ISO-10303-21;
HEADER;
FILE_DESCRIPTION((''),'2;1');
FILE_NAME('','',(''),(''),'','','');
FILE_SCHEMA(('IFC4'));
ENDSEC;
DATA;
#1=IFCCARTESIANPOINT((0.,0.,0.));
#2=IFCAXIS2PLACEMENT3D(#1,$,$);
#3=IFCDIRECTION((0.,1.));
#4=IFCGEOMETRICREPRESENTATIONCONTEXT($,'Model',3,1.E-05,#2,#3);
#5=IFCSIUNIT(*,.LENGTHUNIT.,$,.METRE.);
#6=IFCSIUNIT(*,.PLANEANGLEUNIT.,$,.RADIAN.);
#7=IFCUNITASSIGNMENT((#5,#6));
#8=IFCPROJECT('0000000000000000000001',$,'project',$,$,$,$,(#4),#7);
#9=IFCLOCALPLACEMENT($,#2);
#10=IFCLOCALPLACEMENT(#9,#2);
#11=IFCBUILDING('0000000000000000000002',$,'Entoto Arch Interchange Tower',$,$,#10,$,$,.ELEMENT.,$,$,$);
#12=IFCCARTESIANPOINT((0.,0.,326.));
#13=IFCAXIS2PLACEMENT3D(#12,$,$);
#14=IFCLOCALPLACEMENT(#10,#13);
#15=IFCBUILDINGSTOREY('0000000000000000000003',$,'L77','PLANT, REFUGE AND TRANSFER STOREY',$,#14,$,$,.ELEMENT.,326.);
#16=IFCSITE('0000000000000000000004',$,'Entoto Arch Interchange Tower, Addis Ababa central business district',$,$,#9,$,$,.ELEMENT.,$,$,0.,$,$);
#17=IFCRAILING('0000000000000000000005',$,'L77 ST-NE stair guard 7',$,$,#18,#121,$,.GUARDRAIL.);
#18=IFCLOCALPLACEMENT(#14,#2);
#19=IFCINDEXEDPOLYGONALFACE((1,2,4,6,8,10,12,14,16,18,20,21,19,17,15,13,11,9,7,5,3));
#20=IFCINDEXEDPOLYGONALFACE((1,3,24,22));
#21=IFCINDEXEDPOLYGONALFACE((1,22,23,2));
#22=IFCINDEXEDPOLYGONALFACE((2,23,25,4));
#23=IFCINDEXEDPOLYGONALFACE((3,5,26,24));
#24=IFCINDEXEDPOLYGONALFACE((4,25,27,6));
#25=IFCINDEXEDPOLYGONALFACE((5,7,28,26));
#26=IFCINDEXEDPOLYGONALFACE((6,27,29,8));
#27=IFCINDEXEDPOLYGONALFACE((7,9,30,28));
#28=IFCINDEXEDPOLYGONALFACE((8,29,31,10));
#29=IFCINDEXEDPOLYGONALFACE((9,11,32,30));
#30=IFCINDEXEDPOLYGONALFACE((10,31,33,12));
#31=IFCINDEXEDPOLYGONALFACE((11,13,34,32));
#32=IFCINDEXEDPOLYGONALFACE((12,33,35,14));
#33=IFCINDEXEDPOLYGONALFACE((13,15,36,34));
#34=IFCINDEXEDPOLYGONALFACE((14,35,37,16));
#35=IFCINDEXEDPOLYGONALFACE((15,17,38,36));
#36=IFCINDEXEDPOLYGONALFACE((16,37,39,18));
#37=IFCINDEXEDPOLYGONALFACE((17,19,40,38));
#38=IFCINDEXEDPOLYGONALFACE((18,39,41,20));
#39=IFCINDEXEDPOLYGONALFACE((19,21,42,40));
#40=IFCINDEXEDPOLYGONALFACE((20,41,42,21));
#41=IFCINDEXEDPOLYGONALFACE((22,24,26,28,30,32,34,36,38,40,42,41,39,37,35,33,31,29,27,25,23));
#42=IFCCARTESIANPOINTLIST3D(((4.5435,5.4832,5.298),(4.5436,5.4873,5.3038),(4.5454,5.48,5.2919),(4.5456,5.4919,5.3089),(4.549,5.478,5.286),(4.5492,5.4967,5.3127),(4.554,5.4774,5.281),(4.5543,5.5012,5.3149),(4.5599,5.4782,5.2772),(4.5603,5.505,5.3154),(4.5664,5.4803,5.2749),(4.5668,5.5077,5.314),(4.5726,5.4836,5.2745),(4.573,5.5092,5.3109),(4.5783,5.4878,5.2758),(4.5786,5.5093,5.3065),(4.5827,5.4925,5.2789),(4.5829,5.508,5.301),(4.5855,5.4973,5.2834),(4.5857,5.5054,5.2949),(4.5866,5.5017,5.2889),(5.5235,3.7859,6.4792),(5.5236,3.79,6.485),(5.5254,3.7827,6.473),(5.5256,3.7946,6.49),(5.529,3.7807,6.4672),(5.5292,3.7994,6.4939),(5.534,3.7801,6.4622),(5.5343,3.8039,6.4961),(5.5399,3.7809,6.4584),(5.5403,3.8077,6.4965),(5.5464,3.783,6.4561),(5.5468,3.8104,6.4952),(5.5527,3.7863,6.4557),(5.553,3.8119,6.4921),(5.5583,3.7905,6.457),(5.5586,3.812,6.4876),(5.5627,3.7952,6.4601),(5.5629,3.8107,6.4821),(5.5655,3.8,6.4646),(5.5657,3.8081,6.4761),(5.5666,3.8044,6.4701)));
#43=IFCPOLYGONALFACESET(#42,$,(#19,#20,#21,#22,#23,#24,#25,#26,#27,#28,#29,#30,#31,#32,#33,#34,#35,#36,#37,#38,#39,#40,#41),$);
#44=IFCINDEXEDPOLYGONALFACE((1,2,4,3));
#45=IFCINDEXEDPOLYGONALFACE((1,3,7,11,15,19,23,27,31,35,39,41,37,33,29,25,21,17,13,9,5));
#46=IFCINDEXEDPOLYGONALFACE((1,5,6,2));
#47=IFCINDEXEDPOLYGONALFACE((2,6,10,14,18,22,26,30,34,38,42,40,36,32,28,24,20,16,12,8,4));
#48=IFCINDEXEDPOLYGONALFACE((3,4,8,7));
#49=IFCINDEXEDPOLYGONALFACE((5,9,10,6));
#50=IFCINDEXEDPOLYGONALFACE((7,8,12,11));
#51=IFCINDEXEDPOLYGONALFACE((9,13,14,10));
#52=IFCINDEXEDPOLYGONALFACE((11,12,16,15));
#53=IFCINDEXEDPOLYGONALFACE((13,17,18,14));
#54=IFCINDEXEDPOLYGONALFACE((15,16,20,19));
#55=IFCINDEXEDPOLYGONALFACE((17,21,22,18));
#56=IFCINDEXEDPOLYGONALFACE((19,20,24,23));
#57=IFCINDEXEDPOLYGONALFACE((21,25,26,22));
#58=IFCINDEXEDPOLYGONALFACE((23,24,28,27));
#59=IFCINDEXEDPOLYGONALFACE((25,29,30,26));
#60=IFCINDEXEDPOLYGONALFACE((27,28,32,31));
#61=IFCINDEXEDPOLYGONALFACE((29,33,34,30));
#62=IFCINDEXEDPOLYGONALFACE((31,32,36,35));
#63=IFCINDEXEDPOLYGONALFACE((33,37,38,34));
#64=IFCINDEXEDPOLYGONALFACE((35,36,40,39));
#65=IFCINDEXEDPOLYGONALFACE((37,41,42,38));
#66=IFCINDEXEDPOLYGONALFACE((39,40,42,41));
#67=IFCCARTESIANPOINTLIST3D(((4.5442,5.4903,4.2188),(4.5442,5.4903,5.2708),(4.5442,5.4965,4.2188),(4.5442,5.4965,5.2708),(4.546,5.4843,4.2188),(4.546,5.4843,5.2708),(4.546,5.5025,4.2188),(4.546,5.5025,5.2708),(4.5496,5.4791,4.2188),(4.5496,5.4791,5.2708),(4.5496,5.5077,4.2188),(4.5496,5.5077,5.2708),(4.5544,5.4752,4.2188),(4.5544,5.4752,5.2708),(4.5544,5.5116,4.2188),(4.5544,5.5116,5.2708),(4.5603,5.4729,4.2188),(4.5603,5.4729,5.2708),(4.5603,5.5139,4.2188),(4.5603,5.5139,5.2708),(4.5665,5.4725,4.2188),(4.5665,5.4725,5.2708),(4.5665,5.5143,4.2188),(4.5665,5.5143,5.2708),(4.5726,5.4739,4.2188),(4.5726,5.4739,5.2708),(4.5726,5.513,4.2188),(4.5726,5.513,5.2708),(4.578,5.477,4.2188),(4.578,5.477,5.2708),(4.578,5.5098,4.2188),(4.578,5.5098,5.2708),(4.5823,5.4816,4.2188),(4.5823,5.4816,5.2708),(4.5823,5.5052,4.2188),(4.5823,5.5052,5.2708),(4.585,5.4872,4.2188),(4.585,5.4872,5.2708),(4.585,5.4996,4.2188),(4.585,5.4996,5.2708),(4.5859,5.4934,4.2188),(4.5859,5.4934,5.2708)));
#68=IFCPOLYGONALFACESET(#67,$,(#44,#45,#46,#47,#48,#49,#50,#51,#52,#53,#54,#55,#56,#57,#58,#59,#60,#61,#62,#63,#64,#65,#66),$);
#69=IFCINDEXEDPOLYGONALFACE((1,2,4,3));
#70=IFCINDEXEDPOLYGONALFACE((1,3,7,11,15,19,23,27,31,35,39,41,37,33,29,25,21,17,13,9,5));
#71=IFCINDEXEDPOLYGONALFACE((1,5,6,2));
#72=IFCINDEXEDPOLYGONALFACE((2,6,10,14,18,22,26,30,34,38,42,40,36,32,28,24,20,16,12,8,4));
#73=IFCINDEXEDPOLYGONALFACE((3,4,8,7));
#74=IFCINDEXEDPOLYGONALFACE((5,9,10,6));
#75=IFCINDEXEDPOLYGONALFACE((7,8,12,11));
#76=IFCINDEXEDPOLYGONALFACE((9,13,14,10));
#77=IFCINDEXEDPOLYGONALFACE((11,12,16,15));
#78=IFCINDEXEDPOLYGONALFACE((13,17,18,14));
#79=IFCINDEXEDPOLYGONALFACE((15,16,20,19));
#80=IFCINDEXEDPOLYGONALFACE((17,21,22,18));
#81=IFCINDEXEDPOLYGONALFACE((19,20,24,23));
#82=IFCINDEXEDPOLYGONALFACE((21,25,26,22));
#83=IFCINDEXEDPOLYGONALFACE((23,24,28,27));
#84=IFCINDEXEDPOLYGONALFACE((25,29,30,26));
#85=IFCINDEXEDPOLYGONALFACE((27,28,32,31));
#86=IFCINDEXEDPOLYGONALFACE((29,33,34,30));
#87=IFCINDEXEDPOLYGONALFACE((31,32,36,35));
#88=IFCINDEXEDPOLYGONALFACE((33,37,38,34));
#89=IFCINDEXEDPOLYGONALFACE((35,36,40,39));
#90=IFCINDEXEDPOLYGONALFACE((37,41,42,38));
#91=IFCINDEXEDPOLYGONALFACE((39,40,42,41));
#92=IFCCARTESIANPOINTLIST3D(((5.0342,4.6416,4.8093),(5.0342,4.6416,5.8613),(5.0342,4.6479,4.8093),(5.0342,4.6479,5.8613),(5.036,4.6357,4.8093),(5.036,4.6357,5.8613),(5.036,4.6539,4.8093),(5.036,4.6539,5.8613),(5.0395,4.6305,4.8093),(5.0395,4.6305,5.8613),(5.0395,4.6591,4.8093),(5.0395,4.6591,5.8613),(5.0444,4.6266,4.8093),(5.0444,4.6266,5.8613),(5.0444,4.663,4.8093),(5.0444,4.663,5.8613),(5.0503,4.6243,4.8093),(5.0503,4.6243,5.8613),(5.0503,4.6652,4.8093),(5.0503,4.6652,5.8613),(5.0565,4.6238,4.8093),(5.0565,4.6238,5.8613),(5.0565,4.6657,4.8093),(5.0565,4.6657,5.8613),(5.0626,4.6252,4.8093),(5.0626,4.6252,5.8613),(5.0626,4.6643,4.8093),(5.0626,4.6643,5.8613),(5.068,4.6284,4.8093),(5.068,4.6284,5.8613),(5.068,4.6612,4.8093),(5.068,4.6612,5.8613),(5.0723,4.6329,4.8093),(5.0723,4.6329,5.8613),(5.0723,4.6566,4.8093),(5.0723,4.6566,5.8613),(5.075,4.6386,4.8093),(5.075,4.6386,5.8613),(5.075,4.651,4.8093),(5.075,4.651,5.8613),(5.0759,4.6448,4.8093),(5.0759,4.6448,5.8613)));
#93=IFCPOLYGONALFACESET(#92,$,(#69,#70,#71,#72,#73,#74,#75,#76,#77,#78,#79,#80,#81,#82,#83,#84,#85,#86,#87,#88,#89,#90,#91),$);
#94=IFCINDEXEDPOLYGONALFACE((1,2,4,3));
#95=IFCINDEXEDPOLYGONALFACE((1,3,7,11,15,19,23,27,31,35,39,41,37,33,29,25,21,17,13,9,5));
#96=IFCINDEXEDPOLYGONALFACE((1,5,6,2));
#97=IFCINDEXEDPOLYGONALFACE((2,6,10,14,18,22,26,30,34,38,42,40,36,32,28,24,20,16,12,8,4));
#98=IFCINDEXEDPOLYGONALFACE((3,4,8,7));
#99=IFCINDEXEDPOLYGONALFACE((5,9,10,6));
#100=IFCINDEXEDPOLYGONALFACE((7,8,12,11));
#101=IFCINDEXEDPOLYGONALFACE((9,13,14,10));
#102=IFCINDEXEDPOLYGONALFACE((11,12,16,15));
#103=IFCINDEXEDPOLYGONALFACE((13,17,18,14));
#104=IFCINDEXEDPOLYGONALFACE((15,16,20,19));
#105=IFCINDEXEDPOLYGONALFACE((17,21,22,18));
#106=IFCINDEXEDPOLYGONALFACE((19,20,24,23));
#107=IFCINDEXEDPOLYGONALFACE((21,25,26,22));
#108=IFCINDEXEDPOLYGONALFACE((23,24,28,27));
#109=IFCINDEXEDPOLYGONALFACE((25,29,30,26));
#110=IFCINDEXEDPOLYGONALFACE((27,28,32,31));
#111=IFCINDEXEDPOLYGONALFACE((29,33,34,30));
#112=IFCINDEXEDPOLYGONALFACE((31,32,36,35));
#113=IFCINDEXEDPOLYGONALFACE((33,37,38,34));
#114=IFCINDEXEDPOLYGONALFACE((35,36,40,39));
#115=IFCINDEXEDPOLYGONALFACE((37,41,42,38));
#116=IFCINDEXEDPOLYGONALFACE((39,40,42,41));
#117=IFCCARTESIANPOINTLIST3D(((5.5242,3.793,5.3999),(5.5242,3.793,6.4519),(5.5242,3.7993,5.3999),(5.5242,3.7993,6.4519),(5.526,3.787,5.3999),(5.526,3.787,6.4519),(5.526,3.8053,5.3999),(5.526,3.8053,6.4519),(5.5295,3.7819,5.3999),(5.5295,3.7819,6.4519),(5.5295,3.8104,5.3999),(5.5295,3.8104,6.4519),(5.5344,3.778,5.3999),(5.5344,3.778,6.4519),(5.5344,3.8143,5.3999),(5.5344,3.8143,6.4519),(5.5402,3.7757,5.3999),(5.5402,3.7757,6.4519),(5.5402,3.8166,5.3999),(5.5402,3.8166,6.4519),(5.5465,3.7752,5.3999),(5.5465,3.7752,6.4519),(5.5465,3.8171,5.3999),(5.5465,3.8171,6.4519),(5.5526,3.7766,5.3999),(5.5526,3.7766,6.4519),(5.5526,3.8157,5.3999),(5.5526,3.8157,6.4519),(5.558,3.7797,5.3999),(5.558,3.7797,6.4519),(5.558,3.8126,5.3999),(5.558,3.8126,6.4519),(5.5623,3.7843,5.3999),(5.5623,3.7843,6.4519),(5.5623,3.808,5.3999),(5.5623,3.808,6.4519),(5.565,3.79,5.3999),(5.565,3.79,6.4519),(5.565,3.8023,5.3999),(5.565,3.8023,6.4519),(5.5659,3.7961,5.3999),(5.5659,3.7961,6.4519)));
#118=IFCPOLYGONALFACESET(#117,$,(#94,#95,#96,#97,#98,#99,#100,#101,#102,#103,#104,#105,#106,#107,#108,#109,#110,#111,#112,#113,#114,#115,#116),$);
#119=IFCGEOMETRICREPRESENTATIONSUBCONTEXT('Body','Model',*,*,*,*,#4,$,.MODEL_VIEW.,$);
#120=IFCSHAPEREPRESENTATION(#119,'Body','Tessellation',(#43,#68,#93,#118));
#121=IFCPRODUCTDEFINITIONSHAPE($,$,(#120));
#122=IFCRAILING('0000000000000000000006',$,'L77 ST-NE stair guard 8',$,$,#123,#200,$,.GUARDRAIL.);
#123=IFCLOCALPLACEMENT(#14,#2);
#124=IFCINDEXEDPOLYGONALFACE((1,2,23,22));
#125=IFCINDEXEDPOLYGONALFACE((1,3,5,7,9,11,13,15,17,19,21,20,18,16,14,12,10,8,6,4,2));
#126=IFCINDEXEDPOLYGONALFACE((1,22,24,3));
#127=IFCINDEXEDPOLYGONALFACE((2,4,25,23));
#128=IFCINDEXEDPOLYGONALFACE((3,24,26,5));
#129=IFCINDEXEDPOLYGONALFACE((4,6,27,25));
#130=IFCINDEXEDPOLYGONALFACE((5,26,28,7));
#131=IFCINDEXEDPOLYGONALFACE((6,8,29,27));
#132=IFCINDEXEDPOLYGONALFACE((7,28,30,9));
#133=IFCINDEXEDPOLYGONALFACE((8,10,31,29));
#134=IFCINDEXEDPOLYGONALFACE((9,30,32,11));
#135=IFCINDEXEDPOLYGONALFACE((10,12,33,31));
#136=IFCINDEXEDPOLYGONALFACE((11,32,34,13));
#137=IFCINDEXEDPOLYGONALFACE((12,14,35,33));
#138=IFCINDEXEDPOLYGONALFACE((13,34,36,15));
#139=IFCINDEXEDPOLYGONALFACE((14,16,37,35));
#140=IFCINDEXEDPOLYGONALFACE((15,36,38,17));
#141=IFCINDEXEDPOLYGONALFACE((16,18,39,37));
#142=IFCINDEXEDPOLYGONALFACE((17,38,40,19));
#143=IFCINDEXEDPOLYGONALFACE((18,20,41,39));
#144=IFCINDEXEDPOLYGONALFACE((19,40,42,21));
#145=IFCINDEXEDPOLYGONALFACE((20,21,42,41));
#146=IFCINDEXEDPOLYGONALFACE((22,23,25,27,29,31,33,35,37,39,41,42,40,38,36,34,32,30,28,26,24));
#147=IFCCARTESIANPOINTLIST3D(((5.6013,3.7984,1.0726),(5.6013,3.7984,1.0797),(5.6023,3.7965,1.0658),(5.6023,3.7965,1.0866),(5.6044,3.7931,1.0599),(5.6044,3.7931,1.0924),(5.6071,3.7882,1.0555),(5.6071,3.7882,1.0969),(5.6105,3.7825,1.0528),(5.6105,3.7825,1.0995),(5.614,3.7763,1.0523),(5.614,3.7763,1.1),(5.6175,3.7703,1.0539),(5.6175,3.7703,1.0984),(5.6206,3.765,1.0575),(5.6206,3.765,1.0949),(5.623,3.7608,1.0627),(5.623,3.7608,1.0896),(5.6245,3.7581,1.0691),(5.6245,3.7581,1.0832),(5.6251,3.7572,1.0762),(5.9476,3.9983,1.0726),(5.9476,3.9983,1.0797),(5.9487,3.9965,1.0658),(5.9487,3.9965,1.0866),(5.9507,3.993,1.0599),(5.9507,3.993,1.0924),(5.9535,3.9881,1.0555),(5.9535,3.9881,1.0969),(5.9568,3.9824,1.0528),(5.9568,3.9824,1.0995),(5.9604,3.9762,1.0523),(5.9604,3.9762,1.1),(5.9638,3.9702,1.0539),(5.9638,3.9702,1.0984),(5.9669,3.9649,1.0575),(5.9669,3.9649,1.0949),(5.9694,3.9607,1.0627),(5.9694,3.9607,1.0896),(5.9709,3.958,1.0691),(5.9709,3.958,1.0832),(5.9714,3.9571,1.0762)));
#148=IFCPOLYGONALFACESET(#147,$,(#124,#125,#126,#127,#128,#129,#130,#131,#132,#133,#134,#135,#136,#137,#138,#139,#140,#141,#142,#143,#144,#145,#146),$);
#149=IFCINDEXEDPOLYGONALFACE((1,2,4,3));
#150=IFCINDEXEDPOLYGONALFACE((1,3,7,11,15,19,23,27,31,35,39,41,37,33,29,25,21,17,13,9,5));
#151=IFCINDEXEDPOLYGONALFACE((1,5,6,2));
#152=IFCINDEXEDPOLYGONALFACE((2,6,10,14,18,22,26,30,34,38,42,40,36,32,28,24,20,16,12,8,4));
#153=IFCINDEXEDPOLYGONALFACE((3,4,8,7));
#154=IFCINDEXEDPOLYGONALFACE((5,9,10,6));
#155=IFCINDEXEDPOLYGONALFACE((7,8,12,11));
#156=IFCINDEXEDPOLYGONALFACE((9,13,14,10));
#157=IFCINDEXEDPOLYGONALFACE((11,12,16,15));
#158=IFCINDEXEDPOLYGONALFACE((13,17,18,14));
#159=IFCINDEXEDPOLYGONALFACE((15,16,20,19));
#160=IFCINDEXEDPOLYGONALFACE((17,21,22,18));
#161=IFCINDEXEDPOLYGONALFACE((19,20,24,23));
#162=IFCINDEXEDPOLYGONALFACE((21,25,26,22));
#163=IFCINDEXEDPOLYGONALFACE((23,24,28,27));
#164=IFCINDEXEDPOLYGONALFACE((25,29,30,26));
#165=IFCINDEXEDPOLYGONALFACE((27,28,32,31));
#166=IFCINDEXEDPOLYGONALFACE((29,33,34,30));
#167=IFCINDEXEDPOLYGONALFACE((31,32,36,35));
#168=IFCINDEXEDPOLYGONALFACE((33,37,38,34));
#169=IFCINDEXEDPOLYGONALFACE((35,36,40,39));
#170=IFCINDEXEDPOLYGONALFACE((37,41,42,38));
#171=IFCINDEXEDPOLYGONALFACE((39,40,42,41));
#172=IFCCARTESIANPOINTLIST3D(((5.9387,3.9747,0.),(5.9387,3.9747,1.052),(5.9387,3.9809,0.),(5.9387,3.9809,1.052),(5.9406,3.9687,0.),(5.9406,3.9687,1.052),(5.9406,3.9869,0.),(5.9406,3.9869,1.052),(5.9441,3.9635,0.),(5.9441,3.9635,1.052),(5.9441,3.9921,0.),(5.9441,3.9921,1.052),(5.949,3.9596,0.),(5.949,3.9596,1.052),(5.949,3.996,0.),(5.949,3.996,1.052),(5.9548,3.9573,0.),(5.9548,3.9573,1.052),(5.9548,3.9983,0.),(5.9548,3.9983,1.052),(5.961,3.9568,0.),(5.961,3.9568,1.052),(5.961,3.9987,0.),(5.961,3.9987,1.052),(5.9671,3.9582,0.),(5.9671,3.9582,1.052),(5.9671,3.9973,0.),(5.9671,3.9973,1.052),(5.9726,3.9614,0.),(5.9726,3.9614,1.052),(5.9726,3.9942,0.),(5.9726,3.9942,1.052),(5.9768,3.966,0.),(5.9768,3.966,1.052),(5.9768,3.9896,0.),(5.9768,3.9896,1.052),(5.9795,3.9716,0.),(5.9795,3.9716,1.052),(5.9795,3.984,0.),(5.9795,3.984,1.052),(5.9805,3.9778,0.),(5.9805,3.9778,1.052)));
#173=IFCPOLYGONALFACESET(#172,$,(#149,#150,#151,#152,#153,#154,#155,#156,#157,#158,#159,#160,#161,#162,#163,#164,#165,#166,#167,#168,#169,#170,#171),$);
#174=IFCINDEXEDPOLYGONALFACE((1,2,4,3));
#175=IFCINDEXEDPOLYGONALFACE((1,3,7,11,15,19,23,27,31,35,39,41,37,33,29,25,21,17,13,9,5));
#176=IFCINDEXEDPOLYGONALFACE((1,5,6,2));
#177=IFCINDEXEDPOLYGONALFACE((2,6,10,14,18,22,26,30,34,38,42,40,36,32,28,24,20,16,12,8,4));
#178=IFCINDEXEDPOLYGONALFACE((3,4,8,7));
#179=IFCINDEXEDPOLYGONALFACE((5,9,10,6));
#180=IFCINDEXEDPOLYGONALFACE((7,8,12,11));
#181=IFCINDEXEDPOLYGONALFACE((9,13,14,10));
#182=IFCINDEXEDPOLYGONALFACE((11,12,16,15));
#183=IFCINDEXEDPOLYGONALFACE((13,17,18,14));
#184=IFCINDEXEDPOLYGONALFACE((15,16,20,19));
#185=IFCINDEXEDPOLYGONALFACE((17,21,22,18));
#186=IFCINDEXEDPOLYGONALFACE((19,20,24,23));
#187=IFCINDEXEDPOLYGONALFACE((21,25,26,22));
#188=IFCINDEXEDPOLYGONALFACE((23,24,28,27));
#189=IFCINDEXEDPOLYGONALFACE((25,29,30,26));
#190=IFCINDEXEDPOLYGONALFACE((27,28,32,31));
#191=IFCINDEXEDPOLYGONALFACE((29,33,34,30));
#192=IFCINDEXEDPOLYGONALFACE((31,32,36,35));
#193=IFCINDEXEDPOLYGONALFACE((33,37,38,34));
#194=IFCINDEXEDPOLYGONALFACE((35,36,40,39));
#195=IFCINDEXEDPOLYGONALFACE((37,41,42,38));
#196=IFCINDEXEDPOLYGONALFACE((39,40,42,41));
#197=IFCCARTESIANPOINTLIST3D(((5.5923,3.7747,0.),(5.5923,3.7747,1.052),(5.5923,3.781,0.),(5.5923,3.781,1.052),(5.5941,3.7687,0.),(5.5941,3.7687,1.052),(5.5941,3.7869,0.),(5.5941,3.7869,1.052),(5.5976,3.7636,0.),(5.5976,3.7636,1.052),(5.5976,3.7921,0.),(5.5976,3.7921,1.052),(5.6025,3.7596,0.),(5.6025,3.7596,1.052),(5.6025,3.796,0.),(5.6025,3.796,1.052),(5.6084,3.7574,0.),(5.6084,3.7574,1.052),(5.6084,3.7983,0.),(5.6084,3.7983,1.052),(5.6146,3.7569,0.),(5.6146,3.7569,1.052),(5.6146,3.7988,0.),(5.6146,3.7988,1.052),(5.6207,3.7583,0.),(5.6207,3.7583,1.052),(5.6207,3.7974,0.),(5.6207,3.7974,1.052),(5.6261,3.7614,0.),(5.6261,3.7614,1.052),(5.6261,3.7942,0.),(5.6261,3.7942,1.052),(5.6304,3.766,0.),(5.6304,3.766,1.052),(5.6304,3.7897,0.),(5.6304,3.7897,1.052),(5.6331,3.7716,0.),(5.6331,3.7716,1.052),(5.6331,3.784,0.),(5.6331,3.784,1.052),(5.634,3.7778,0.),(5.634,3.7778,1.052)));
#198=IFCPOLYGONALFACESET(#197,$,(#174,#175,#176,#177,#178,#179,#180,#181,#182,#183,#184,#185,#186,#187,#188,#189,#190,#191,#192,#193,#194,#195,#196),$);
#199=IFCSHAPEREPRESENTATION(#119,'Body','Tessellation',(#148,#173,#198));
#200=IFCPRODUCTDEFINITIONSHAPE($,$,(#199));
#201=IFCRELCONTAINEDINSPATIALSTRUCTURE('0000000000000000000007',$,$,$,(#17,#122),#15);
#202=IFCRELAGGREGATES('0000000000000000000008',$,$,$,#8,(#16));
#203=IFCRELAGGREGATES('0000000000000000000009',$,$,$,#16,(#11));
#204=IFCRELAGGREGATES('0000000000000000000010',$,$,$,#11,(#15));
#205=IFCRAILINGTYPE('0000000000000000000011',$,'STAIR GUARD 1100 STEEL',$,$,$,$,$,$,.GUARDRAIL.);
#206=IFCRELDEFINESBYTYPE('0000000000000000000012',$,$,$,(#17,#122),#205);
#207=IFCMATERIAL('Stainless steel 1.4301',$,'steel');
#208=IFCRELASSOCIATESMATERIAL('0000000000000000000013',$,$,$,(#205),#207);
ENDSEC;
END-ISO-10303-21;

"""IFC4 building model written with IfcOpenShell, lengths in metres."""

from ifc_helpers import new_model, si_unit, direction, frame, origin, origin_2d, place, context, subcontext, project, spatial, circle, extrude, material, type_object, element, save


model = new_model("IFC4")

# Units and contexts
model_context = context("Model", 3, precision=1e-05, world=origin(), true_north=direction((0.0, 1.0)))
body_context = subcontext(model_context, "Body", "Model", "MODEL_VIEW")
ifc_project = project(units=[si_unit("LENGTHUNIT", "METRE"), si_unit("PLANEANGLEUNIT", "RADIAN")], contexts=[model_context])

# Site, building, storey
site_placement = place(None, origin())
site = spatial("IfcSite", under=ifc_project, at=site_placement, Name="Entoto Arch Interchange Tower, Addis Ababa central business district", CompositionType="ELEMENT", RefElevation=0.0)
building_placement = place(site_placement, origin())
building = spatial("IfcBuilding", under=site, at=building_placement, Name="Entoto Arch Interchange Tower", CompositionType="ELEMENT")
storey_placement = place(building_placement, frame((0.0, 0.0, 326.0)))
storey = spatial("IfcBuildingStorey", under=building, at=storey_placement, Name="L77", Description="PLANT, REFUGE AND TRANSFER STOREY", CompositionType="ELEMENT", Elevation=326.0)

# Railings
ifc_material_1 = material(Name="Stainless steel 1.4301", Category="steel")
railing_type_1 = type_object("IfcRailingType", Name="STAIR GUARD 1100 STEEL", PredefinedType="GUARDRAIL", material=ifc_material_1)
railing_1_placement = place(storey_placement, frame((4.5649, 5.4934, 4.2188)))
element("IfcRailing", 1, at=railing_1_placement, inside=storey, type_object=railing_type_1, Name="L77 ST-NE stair guard 7", PredefinedType="GUARDRAIL", context=body_context, shape_type="SweptSolid", body=[
    extrude(circle(Radius=0.0239, at=origin_2d()), frame((0.0, 0.0, 1.0762), z_axis=(0.428262, -0.741723, 0.516176), x_axis=(0.866011, 0.500024, 0.0)), (0.0, 0.0, 1.0), 2.2883),
    extrude(circle(Radius=0.021, at=origin_2d()), origin(), (0.0, 0.0, 1.0), 1.052),
    extrude(circle(Radius=0.021, at=origin_2d()), frame((0.49, -0.8486, 0.5906)), (0.0, 0.0, 1.0), 1.052),
    extrude(circle(Radius=0.021, at=origin_2d()), frame((0.98, -1.6973, 1.1812)), (0.0, 0.0, 1.0), 1.052),
])
railing_2_placement = place(storey_placement, frame((5.9595, 3.9778, 0.0)))
element("IfcRailing", 2, at=railing_2_placement, inside=storey, type_object=railing_type_1, Name="L77 ST-NE stair guard 8", PredefinedType="GUARDRAIL", context=body_context, shape_type="SweptSolid", body=[
    extrude(circle(Radius=0.0239, at=origin_2d()), frame((0.0, 0.0, 1.0762), z_axis=(-0.866094, -0.499881, 0.0), x_axis=(0.499881, -0.866094, 0.0)), (0.0, 0.0, 1.0), 0.3999),
    extrude(circle(Radius=0.021, at=origin_2d()), origin(), (0.0, 0.0, 1.0), 1.052),
    extrude(circle(Radius=0.021, at=origin_2d()), frame((-0.3464, -0.2, 0.0)), (0.0, 0.0, 1.0), 1.052),
])

save(model, "model.ifc")
